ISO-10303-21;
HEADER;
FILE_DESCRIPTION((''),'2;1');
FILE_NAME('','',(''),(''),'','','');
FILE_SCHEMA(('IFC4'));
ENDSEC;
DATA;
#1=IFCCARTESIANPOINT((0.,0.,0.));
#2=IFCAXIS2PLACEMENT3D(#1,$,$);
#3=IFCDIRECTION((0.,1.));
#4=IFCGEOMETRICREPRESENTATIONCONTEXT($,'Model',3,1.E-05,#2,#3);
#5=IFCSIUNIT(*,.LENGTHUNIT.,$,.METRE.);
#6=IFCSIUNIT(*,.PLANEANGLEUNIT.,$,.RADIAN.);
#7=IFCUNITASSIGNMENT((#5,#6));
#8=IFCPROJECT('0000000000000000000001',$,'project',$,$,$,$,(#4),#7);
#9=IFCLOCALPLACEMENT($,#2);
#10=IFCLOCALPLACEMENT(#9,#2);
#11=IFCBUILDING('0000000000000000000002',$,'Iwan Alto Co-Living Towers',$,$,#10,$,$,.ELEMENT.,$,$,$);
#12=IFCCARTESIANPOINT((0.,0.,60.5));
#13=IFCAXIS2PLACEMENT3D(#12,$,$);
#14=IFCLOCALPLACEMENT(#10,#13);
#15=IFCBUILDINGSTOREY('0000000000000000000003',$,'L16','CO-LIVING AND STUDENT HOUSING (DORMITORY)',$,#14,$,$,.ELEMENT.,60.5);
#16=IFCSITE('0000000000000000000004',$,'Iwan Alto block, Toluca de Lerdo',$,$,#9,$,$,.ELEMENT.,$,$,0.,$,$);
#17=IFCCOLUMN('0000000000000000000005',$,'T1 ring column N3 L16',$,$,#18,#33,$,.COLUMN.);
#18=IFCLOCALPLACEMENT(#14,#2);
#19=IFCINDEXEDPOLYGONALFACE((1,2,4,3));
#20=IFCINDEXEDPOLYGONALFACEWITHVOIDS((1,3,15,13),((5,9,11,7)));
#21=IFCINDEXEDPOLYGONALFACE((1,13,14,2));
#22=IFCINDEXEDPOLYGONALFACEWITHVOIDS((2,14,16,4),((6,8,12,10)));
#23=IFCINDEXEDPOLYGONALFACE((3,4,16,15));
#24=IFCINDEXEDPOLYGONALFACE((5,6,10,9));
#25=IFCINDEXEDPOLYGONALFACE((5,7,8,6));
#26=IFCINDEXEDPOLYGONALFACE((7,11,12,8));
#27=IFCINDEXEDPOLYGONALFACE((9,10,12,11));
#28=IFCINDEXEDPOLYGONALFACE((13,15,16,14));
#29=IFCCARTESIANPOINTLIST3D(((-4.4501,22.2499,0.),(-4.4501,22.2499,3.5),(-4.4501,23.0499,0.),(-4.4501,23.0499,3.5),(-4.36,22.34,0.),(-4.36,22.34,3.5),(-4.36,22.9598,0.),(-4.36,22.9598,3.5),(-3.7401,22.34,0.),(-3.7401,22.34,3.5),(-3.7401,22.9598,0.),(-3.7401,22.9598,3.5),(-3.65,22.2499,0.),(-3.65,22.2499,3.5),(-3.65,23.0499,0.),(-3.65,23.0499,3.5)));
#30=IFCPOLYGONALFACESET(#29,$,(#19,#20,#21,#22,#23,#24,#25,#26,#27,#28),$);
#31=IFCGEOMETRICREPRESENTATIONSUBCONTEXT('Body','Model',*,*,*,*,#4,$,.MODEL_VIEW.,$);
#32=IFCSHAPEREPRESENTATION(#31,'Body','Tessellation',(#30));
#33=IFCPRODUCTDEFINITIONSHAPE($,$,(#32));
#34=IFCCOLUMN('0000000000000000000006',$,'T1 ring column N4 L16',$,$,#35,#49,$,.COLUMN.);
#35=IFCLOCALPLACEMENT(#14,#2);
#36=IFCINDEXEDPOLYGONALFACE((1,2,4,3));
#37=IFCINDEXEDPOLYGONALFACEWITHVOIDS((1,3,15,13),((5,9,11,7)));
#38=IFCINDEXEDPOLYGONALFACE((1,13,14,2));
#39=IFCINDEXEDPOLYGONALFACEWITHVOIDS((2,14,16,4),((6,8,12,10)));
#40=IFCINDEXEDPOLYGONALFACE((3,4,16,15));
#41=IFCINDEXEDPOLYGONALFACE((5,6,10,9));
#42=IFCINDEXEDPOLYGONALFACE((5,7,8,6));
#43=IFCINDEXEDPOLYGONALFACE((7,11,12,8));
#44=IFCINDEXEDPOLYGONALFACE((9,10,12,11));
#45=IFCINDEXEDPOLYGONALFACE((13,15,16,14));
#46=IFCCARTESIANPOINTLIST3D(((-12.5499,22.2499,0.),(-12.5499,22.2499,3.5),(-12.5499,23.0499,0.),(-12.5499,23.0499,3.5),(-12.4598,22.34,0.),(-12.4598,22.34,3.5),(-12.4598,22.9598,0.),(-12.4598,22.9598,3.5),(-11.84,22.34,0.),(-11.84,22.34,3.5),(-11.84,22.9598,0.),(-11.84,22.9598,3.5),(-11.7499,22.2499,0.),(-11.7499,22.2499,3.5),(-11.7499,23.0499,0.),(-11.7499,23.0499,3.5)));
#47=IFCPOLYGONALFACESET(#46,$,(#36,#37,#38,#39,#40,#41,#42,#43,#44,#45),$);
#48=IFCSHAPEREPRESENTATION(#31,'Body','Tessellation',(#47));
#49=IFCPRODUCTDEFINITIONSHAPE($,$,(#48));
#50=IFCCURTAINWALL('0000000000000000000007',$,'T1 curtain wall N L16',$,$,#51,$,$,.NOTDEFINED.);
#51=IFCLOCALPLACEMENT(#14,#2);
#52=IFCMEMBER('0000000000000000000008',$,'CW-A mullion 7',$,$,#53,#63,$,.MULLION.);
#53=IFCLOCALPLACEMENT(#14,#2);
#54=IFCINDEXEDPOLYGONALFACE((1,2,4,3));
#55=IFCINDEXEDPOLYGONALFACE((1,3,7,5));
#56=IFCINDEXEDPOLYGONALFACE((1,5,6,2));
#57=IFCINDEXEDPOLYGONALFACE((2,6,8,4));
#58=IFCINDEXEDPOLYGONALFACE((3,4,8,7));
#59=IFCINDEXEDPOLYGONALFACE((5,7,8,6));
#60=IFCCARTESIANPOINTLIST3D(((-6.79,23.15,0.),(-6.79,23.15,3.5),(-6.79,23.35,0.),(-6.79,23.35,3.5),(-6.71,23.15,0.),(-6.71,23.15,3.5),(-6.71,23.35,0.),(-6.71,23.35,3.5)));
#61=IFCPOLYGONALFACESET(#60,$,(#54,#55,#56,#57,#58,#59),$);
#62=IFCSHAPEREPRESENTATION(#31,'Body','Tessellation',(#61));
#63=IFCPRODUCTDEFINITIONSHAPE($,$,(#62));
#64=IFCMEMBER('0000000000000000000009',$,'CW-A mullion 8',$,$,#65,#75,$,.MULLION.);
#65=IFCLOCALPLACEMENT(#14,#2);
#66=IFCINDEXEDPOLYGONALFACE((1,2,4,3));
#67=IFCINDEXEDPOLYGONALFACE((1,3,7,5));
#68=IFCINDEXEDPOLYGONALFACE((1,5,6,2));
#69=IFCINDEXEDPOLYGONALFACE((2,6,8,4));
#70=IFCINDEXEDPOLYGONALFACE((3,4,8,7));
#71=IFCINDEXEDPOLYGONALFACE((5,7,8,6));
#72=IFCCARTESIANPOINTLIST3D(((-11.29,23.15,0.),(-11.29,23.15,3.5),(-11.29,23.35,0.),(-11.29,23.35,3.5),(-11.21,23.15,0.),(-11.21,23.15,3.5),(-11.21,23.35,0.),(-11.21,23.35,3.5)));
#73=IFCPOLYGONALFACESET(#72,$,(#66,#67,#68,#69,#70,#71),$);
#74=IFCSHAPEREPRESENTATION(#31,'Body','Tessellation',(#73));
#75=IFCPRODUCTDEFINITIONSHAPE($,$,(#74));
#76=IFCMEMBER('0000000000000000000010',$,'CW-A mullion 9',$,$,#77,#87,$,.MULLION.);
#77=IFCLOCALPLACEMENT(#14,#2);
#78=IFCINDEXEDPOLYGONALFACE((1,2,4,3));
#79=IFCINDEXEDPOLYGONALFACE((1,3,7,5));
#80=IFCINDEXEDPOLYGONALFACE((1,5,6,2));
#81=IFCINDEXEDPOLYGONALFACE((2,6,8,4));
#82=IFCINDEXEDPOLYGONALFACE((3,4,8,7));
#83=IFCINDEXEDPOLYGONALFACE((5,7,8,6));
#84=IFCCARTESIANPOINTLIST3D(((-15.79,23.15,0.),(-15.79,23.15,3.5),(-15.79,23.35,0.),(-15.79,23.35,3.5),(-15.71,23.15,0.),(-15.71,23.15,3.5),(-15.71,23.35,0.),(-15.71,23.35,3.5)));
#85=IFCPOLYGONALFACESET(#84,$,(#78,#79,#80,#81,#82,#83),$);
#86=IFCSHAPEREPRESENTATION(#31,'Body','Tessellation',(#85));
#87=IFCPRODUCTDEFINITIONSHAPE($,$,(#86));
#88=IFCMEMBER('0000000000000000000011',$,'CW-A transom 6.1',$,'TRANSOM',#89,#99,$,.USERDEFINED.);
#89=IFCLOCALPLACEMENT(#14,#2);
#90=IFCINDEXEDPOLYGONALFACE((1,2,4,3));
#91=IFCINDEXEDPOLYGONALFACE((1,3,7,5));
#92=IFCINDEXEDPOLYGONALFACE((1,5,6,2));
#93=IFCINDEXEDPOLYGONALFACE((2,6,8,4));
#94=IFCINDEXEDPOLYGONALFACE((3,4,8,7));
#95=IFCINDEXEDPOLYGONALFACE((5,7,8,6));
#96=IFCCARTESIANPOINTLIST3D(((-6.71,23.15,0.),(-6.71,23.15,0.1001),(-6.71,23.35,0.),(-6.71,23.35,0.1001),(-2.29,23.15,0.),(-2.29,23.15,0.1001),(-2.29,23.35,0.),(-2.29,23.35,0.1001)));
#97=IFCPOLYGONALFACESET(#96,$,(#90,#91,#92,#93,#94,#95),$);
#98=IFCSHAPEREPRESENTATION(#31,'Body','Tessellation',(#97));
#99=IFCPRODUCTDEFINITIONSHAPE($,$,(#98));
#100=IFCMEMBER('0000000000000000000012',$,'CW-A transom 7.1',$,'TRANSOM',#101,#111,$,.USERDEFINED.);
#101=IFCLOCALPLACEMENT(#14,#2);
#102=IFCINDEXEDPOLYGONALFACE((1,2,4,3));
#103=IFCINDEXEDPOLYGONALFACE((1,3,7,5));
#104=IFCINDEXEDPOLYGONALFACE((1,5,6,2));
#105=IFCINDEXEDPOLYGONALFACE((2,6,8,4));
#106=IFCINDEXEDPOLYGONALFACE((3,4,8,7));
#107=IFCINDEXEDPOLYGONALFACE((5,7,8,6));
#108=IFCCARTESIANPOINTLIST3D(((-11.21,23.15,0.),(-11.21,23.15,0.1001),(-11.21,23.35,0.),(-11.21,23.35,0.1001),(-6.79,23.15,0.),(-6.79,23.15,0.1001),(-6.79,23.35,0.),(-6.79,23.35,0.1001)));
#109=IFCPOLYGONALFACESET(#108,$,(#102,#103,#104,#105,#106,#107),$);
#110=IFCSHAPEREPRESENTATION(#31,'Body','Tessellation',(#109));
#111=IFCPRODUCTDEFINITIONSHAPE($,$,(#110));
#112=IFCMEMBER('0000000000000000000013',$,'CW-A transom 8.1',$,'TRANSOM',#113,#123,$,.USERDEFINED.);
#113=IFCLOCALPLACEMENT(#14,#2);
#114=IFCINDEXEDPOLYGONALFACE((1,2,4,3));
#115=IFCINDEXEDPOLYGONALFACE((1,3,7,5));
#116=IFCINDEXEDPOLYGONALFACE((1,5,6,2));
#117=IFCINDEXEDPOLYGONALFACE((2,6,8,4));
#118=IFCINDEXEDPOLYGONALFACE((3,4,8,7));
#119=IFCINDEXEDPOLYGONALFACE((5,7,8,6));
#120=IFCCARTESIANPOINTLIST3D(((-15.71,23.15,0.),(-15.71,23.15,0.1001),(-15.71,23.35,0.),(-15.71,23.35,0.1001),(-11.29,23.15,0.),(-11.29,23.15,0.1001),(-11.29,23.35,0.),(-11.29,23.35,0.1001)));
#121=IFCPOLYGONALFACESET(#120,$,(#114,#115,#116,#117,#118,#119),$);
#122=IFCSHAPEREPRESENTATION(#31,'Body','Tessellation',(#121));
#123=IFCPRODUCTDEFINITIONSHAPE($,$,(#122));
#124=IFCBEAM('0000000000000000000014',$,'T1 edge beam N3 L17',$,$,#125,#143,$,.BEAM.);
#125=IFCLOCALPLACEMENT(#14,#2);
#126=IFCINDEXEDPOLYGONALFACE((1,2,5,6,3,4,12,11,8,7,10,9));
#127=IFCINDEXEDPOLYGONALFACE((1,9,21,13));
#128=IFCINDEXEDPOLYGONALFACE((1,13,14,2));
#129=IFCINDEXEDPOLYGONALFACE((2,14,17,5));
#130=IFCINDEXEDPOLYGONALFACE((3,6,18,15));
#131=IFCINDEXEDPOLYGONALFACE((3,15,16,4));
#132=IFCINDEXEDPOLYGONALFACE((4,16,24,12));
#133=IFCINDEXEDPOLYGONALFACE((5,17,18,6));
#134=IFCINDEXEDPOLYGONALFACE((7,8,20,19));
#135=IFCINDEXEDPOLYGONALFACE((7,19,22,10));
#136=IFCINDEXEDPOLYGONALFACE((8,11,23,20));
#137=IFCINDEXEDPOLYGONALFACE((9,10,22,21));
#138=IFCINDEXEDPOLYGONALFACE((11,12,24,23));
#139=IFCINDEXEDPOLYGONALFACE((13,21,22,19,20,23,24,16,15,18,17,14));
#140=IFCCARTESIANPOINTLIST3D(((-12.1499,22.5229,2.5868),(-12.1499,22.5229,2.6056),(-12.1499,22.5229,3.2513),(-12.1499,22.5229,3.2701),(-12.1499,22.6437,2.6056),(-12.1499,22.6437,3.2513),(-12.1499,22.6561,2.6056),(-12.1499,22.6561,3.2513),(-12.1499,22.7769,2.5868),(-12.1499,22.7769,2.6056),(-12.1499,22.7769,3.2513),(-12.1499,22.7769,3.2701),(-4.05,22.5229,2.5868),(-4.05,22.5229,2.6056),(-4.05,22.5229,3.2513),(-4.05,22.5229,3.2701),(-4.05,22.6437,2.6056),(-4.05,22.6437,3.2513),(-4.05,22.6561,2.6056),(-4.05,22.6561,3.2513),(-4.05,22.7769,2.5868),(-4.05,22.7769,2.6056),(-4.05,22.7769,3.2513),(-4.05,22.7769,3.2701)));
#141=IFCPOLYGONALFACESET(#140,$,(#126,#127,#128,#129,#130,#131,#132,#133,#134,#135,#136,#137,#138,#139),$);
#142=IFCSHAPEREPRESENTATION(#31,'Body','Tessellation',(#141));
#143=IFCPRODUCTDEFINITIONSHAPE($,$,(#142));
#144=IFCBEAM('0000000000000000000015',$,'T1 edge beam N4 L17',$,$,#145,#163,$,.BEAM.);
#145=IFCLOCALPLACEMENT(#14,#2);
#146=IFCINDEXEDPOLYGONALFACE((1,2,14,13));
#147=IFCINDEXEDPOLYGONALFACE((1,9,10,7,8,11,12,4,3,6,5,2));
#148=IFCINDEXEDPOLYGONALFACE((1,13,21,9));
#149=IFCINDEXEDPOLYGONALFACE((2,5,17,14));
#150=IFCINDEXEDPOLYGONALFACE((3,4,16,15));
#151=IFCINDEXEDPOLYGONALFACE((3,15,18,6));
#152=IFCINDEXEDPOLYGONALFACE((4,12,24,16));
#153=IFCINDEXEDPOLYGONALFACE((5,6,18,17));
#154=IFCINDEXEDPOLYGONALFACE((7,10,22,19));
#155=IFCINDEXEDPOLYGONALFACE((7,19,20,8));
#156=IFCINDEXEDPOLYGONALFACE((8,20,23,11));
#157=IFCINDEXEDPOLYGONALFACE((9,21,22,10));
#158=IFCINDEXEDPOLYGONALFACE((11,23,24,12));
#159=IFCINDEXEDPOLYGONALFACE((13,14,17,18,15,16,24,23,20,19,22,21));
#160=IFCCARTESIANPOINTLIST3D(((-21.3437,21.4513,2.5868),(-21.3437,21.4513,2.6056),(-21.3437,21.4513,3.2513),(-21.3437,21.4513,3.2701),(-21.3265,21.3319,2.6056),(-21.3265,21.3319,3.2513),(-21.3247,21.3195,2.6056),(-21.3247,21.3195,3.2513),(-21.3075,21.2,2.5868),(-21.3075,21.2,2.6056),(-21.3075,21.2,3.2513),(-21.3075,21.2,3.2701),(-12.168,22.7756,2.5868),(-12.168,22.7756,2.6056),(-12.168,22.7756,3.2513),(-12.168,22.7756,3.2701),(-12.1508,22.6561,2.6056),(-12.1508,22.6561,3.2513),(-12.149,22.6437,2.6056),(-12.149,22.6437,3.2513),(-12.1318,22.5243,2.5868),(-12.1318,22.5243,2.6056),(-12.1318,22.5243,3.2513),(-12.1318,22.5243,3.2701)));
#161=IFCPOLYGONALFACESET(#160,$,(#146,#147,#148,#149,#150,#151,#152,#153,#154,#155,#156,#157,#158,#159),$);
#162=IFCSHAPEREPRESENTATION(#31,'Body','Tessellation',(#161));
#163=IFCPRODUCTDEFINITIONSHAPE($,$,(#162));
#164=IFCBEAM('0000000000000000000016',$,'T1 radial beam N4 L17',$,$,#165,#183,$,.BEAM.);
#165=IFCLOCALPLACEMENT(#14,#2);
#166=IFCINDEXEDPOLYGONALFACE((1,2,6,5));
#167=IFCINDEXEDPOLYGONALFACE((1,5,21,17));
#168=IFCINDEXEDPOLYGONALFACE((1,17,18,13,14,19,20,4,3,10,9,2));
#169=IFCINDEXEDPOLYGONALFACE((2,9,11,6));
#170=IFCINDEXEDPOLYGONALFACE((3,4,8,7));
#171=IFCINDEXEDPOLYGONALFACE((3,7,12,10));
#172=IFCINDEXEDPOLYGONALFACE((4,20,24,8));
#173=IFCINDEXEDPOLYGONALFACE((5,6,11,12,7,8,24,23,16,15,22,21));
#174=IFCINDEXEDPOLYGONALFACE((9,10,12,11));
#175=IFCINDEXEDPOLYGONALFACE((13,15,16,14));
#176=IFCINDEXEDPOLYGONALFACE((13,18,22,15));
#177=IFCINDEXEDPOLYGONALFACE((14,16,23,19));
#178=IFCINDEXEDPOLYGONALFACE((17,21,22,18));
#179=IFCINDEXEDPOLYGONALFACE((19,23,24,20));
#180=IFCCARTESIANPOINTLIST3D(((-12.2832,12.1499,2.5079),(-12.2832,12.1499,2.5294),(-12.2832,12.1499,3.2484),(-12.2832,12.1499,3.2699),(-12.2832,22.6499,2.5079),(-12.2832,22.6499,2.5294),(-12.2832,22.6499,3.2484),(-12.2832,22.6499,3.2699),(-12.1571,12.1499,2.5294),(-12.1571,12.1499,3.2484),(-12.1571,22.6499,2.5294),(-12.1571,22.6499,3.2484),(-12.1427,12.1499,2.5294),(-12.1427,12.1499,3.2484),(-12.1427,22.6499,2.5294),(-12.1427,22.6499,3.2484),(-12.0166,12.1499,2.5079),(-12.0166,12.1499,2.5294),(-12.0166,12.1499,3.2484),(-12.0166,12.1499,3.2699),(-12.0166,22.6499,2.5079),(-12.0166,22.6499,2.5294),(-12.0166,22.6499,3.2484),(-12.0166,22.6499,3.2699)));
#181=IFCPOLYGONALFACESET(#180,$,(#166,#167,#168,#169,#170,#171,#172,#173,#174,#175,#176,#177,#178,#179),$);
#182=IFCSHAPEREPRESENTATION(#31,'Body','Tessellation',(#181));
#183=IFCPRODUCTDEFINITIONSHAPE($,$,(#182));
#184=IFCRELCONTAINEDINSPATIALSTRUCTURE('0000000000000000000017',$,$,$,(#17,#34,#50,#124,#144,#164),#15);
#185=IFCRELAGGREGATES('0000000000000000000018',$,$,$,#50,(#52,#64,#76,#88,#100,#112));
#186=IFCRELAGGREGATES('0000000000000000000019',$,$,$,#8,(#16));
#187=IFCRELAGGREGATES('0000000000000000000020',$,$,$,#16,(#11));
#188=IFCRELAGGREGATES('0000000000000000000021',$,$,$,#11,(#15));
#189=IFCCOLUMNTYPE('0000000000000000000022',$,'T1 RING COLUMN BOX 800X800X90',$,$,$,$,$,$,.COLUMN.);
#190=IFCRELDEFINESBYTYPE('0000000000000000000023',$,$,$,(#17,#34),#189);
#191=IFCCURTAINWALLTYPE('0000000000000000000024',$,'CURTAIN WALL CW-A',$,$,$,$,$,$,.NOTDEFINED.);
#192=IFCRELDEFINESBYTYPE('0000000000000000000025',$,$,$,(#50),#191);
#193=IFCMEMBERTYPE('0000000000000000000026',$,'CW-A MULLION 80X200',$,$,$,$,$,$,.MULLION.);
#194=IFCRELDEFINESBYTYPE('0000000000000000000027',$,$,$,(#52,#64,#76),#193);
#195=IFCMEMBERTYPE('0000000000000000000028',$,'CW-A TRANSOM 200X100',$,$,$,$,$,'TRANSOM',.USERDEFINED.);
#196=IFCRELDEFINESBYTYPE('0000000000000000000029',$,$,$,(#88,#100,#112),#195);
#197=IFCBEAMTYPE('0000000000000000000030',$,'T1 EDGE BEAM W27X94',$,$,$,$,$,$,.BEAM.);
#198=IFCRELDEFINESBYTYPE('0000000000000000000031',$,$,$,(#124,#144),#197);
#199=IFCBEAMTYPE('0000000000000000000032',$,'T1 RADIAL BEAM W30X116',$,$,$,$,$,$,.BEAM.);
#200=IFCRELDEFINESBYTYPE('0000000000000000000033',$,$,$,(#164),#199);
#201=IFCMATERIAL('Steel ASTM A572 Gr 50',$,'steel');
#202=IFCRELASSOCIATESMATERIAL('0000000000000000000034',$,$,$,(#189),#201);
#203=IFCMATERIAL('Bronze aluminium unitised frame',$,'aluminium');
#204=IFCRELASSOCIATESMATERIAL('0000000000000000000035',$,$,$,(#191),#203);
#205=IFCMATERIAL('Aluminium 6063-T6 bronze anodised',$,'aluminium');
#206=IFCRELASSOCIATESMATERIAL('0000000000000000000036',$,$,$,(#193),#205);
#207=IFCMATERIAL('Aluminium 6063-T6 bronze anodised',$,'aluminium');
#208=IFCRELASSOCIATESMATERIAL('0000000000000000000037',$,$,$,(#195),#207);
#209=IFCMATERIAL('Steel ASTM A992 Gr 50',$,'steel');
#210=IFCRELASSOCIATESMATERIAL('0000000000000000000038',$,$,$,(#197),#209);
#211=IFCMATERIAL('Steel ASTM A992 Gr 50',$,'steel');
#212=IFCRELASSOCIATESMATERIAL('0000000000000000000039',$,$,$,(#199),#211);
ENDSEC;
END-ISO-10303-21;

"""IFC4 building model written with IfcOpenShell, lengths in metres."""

from ifc_helpers import new_model, si_unit, direction, frame, origin, origin_2d, place, context, subcontext, project, spatial, rectangle, hollow_rectangle, i_section, extrude, material, material_profile, profile_set, type_object, element, aggregate, save


model = new_model("IFC4")

# Units and contexts
model_context = context("Model", 3, precision=1e-05, world=origin(), true_north=direction((0.0, 1.0)))
body_context = subcontext(model_context, "Body", "Model", "MODEL_VIEW")
ifc_project = project(units=[si_unit("LENGTHUNIT", "METRE"), si_unit("PLANEANGLEUNIT", "RADIAN")], contexts=[model_context])

# Site, building, storey
site_placement = place(None, origin())
site = spatial("IfcSite", under=ifc_project, at=site_placement, Name="Iwan Alto block, Toluca de Lerdo", CompositionType="ELEMENT", RefElevation=0.0)
building_placement = place(site_placement, origin())
building = spatial("IfcBuilding", under=site, at=building_placement, Name="Iwan Alto Co-Living Towers", CompositionType="ELEMENT")
storey_placement = place(building_placement, frame((0.0, 0.0, 60.5)))
storey = spatial("IfcBuildingStorey", under=building, at=storey_placement, Name="L16", Description="CO-LIVING AND STUDENT HOUSING (DORMITORY)", CompositionType="ELEMENT", Elevation=60.5)

# Columns
ifc_material_1 = material(Name="Steel ASTM A572 Gr 50", Category="steel")
ifc_material_profile_1 = material_profile(ifc_material_1, hollow_rectangle(XDim=0.8, YDim=0.8, WallThickness=0.0901, at=origin_2d()), Name="BOX 800X800X90")
ifc_profile_set_1 = profile_set([ifc_material_profile_1], Name="Steel ASTM A572 Gr 50")
column_type = type_object("IfcColumnType", Name="T1 RING COLUMN BOX 800X800X90", PredefinedType="COLUMN", material=ifc_profile_set_1)
for number, where, z_axis, x_axis, name in (
    (1, (-4.05, 22.6499, 0.0), (0.0, 0.0, 1.0), (1.0, 0.0, 0.0), "T1 ring column N3 L16"),
    (2, (-12.1499, 22.6499, 0.0), (0.0, 0.0, 1.0), (1.0, 0.0, 0.0), "T1 ring column N4 L16"),
):
    element("IfcColumn", number, at=place(storey_placement, frame(where, z_axis=z_axis, x_axis=x_axis)), inside=storey, type_object=column_type, Name=name, PredefinedType="COLUMN", context=body_context, shape_type="SweptSolid", body=[
        extrude(hollow_rectangle(XDim=0.8, YDim=0.8, WallThickness=0.0901, at=origin_2d()), origin(), (0.0, 0.0, 1.0), 3.5),
    ])

# Curtain wall, members
ifc_material_2 = material(Name="Bronze aluminium unitised frame", Category="aluminium")
curtain_wall_type = type_object("IfcCurtainWallType", Name="CURTAIN WALL CW-A", PredefinedType="NOTDEFINED", material=ifc_material_2)
curtain_wall_placement = place(storey_placement, origin())
curtain_wall = element("IfcCurtainWall", 3, at=curtain_wall_placement, inside=storey, type_object=curtain_wall_type, Name="T1 curtain wall N L16", PredefinedType="NOTDEFINED")
ifc_material_3 = material(Name="Aluminium 6063-T6 bronze anodised", Category="aluminium")
ifc_material_profile_2 = material_profile(ifc_material_3, rectangle(XDim=0.2, YDim=0.0801, at=origin_2d()), Name="AL 80X200")
ifc_profile_set_2 = profile_set([ifc_material_profile_2], Name="Aluminium 6063-T6 bronze anodised")
member_type_1 = type_object("IfcMemberType", Name="CW-A MULLION 80X200", PredefinedType="MULLION", material=ifc_profile_set_2)
member_1_placement = place(storey_placement, frame((-6.75, 23.25, 0.0), z_axis=(0.0, 0.0, 1.0), x_axis=(0.0, -1.0, 0.0)))
member_1 = element("IfcMember", 4, at=member_1_placement, type_object=member_type_1, Name="CW-A mullion 7", PredefinedType="MULLION", context=body_context, shape_type="SweptSolid", body=[
    extrude(rectangle(XDim=0.2, YDim=0.0801, at=origin_2d()), origin(), (0.0, 0.0, 1.0), 3.5),
])
member_2_placement = place(storey_placement, frame((-11.25, 23.25, 0.0), z_axis=(0.0, 0.0, 1.0), x_axis=(0.0, -1.0, 0.0)))
member_2 = element("IfcMember", 5, at=member_2_placement, type_object=member_type_1, Name="CW-A mullion 8", PredefinedType="MULLION", context=body_context, shape_type="SweptSolid", body=[
    extrude(rectangle(XDim=0.2, YDim=0.0801, at=origin_2d()), origin(), (0.0, 0.0, 1.0), 3.5),
])
member_3_placement = place(storey_placement, frame((-15.75, 23.25, 0.0), z_axis=(0.0, 0.0, 1.0), x_axis=(0.0, -1.0, 0.0)))
member_3 = element("IfcMember", 6, at=member_3_placement, type_object=member_type_1, Name="CW-A mullion 9", PredefinedType="MULLION", context=body_context, shape_type="SweptSolid", body=[
    extrude(rectangle(XDim=0.2, YDim=0.0801, at=origin_2d()), origin(), (0.0, 0.0, 1.0), 3.5),
])
ifc_material_4 = material(Name="Aluminium 6063-T6 bronze anodised", Category="aluminium")
ifc_material_profile_3 = material_profile(ifc_material_4, rectangle(XDim=0.2, YDim=0.1001, at=origin_2d()), Name="AL 200X100")
ifc_profile_set_3 = profile_set([ifc_material_profile_3], Name="Aluminium 6063-T6 bronze anodised")
member_type_2 = type_object("IfcMemberType", Name="CW-A TRANSOM 200X100", ElementType="TRANSOM", PredefinedType="USERDEFINED", material=ifc_profile_set_3)
member_4_placement = place(storey_placement, frame((-2.29, 23.25, 0.05), z_axis=(-1.0, 0.0, 0.0), x_axis=(0.0, -1.0, 0.0)))
member_4 = element("IfcMember", 7, at=member_4_placement, type_object=member_type_2, Name="CW-A transom 6.1", ObjectType="TRANSOM", PredefinedType="USERDEFINED", context=body_context, shape_type="SweptSolid", body=[
    extrude(rectangle(XDim=0.2, YDim=0.1001, at=origin_2d()), origin(), (0.0, 0.0, 1.0), 4.4199),
])
member_5_placement = place(storey_placement, frame((-6.79, 23.25, 0.05), z_axis=(-1.0, 0.0, 0.0), x_axis=(0.0, -1.0, 0.0)))
member_5 = element("IfcMember", 8, at=member_5_placement, type_object=member_type_2, Name="CW-A transom 7.1", ObjectType="TRANSOM", PredefinedType="USERDEFINED", context=body_context, shape_type="SweptSolid", body=[
    extrude(rectangle(XDim=0.2, YDim=0.1001, at=origin_2d()), origin(), (0.0, 0.0, 1.0), 4.4199),
])
member_6_placement = place(storey_placement, frame((-11.29, 23.25, 0.05), z_axis=(-1.0, 0.0, 0.0), x_axis=(0.0, -1.0, 0.0)))
member_6 = element("IfcMember", 9, at=member_6_placement, type_object=member_type_2, Name="CW-A transom 8.1", ObjectType="TRANSOM", PredefinedType="USERDEFINED", context=body_context, shape_type="SweptSolid", body=[
    extrude(rectangle(XDim=0.2, YDim=0.1001, at=origin_2d()), origin(), (0.0, 0.0, 1.0), 4.4199),
])

# Beams
ifc_material_5 = material(Name="Steel ASTM A992 Gr 50", Category="steel")
ifc_material_profile_4 = material_profile(ifc_material_5, i_section(OverallWidth=0.2539, OverallDepth=0.6833, WebThickness=0.0125, FlangeThickness=0.0188, at=origin_2d()), Name="W27X94")
ifc_profile_set_4 = profile_set([ifc_material_profile_4], Name="Steel ASTM A992 Gr 50")
beam_type_1 = type_object("IfcBeamType", Name="T1 EDGE BEAM W27X94", PredefinedType="BEAM", material=ifc_profile_set_4)
beam_1_placement = place(storey_placement, frame((-4.05, 22.6499, 2.9285), z_axis=(-1.0, 0.0, 0.0), x_axis=(0.0, -1.0, 0.0)))
element("IfcBeam", 10, at=beam_1_placement, inside=storey, type_object=beam_type_1, Name="T1 edge beam N3 L17", PredefinedType="BEAM", context=body_context, shape_type="SweptSolid", body=[
    extrude(i_section(OverallWidth=0.2539, OverallDepth=0.6833, WebThickness=0.0125, FlangeThickness=0.0188, at=origin_2d()), origin(), (0.0, 0.0, 1.0), 8.0999),
])
beam_2_placement = place(storey_placement, frame((-12.1499, 22.6499, 2.9285), z_axis=(-0.989746, -0.142837, 0.0), x_axis=(0.142837, -0.989746, 0.0)))
element("IfcBeam", 11, at=beam_2_placement, inside=storey, type_object=beam_type_1, Name="T1 edge beam N4 L17", PredefinedType="BEAM", context=body_context, shape_type="SweptSolid", body=[
    extrude(i_section(OverallWidth=0.2539, OverallDepth=0.6833, WebThickness=0.0125, FlangeThickness=0.0188, at=origin_2d()), origin(), (0.0, 0.0, 1.0), 9.2708),
])
ifc_material_6 = material(Name="Steel ASTM A992 Gr 50", Category="steel")
ifc_material_profile_5 = material_profile(ifc_material_6, i_section(OverallWidth=0.2666, OverallDepth=0.762, WebThickness=0.0144, FlangeThickness=0.0215, at=origin_2d()), Name="W30X116")
ifc_profile_set_5 = profile_set([ifc_material_profile_5], Name="Steel ASTM A992 Gr 50")
beam_type_2 = type_object("IfcBeamType", Name="T1 RADIAL BEAM W30X116", PredefinedType="BEAM", material=ifc_profile_set_5)
beam_3_placement = place(storey_placement, frame((-12.1499, 22.6499, 2.8889), z_axis=(0.0, -1.0, 0.0), x_axis=(1.0, 0.0, 0.0)))
element("IfcBeam", 12, at=beam_3_placement, inside=storey, type_object=beam_type_2, Name="T1 radial beam N4 L17", PredefinedType="BEAM", context=body_context, shape_type="SweptSolid", body=[
    extrude(i_section(OverallWidth=0.2666, OverallDepth=0.762, WebThickness=0.0144, FlangeThickness=0.0215, at=origin_2d()), origin(), (0.0, 0.0, 1.0), 10.5),
])

aggregate(curtain_wall, [member_1, member_2, member_3, member_4, member_5, member_6])

save(model, "model.ifc")
